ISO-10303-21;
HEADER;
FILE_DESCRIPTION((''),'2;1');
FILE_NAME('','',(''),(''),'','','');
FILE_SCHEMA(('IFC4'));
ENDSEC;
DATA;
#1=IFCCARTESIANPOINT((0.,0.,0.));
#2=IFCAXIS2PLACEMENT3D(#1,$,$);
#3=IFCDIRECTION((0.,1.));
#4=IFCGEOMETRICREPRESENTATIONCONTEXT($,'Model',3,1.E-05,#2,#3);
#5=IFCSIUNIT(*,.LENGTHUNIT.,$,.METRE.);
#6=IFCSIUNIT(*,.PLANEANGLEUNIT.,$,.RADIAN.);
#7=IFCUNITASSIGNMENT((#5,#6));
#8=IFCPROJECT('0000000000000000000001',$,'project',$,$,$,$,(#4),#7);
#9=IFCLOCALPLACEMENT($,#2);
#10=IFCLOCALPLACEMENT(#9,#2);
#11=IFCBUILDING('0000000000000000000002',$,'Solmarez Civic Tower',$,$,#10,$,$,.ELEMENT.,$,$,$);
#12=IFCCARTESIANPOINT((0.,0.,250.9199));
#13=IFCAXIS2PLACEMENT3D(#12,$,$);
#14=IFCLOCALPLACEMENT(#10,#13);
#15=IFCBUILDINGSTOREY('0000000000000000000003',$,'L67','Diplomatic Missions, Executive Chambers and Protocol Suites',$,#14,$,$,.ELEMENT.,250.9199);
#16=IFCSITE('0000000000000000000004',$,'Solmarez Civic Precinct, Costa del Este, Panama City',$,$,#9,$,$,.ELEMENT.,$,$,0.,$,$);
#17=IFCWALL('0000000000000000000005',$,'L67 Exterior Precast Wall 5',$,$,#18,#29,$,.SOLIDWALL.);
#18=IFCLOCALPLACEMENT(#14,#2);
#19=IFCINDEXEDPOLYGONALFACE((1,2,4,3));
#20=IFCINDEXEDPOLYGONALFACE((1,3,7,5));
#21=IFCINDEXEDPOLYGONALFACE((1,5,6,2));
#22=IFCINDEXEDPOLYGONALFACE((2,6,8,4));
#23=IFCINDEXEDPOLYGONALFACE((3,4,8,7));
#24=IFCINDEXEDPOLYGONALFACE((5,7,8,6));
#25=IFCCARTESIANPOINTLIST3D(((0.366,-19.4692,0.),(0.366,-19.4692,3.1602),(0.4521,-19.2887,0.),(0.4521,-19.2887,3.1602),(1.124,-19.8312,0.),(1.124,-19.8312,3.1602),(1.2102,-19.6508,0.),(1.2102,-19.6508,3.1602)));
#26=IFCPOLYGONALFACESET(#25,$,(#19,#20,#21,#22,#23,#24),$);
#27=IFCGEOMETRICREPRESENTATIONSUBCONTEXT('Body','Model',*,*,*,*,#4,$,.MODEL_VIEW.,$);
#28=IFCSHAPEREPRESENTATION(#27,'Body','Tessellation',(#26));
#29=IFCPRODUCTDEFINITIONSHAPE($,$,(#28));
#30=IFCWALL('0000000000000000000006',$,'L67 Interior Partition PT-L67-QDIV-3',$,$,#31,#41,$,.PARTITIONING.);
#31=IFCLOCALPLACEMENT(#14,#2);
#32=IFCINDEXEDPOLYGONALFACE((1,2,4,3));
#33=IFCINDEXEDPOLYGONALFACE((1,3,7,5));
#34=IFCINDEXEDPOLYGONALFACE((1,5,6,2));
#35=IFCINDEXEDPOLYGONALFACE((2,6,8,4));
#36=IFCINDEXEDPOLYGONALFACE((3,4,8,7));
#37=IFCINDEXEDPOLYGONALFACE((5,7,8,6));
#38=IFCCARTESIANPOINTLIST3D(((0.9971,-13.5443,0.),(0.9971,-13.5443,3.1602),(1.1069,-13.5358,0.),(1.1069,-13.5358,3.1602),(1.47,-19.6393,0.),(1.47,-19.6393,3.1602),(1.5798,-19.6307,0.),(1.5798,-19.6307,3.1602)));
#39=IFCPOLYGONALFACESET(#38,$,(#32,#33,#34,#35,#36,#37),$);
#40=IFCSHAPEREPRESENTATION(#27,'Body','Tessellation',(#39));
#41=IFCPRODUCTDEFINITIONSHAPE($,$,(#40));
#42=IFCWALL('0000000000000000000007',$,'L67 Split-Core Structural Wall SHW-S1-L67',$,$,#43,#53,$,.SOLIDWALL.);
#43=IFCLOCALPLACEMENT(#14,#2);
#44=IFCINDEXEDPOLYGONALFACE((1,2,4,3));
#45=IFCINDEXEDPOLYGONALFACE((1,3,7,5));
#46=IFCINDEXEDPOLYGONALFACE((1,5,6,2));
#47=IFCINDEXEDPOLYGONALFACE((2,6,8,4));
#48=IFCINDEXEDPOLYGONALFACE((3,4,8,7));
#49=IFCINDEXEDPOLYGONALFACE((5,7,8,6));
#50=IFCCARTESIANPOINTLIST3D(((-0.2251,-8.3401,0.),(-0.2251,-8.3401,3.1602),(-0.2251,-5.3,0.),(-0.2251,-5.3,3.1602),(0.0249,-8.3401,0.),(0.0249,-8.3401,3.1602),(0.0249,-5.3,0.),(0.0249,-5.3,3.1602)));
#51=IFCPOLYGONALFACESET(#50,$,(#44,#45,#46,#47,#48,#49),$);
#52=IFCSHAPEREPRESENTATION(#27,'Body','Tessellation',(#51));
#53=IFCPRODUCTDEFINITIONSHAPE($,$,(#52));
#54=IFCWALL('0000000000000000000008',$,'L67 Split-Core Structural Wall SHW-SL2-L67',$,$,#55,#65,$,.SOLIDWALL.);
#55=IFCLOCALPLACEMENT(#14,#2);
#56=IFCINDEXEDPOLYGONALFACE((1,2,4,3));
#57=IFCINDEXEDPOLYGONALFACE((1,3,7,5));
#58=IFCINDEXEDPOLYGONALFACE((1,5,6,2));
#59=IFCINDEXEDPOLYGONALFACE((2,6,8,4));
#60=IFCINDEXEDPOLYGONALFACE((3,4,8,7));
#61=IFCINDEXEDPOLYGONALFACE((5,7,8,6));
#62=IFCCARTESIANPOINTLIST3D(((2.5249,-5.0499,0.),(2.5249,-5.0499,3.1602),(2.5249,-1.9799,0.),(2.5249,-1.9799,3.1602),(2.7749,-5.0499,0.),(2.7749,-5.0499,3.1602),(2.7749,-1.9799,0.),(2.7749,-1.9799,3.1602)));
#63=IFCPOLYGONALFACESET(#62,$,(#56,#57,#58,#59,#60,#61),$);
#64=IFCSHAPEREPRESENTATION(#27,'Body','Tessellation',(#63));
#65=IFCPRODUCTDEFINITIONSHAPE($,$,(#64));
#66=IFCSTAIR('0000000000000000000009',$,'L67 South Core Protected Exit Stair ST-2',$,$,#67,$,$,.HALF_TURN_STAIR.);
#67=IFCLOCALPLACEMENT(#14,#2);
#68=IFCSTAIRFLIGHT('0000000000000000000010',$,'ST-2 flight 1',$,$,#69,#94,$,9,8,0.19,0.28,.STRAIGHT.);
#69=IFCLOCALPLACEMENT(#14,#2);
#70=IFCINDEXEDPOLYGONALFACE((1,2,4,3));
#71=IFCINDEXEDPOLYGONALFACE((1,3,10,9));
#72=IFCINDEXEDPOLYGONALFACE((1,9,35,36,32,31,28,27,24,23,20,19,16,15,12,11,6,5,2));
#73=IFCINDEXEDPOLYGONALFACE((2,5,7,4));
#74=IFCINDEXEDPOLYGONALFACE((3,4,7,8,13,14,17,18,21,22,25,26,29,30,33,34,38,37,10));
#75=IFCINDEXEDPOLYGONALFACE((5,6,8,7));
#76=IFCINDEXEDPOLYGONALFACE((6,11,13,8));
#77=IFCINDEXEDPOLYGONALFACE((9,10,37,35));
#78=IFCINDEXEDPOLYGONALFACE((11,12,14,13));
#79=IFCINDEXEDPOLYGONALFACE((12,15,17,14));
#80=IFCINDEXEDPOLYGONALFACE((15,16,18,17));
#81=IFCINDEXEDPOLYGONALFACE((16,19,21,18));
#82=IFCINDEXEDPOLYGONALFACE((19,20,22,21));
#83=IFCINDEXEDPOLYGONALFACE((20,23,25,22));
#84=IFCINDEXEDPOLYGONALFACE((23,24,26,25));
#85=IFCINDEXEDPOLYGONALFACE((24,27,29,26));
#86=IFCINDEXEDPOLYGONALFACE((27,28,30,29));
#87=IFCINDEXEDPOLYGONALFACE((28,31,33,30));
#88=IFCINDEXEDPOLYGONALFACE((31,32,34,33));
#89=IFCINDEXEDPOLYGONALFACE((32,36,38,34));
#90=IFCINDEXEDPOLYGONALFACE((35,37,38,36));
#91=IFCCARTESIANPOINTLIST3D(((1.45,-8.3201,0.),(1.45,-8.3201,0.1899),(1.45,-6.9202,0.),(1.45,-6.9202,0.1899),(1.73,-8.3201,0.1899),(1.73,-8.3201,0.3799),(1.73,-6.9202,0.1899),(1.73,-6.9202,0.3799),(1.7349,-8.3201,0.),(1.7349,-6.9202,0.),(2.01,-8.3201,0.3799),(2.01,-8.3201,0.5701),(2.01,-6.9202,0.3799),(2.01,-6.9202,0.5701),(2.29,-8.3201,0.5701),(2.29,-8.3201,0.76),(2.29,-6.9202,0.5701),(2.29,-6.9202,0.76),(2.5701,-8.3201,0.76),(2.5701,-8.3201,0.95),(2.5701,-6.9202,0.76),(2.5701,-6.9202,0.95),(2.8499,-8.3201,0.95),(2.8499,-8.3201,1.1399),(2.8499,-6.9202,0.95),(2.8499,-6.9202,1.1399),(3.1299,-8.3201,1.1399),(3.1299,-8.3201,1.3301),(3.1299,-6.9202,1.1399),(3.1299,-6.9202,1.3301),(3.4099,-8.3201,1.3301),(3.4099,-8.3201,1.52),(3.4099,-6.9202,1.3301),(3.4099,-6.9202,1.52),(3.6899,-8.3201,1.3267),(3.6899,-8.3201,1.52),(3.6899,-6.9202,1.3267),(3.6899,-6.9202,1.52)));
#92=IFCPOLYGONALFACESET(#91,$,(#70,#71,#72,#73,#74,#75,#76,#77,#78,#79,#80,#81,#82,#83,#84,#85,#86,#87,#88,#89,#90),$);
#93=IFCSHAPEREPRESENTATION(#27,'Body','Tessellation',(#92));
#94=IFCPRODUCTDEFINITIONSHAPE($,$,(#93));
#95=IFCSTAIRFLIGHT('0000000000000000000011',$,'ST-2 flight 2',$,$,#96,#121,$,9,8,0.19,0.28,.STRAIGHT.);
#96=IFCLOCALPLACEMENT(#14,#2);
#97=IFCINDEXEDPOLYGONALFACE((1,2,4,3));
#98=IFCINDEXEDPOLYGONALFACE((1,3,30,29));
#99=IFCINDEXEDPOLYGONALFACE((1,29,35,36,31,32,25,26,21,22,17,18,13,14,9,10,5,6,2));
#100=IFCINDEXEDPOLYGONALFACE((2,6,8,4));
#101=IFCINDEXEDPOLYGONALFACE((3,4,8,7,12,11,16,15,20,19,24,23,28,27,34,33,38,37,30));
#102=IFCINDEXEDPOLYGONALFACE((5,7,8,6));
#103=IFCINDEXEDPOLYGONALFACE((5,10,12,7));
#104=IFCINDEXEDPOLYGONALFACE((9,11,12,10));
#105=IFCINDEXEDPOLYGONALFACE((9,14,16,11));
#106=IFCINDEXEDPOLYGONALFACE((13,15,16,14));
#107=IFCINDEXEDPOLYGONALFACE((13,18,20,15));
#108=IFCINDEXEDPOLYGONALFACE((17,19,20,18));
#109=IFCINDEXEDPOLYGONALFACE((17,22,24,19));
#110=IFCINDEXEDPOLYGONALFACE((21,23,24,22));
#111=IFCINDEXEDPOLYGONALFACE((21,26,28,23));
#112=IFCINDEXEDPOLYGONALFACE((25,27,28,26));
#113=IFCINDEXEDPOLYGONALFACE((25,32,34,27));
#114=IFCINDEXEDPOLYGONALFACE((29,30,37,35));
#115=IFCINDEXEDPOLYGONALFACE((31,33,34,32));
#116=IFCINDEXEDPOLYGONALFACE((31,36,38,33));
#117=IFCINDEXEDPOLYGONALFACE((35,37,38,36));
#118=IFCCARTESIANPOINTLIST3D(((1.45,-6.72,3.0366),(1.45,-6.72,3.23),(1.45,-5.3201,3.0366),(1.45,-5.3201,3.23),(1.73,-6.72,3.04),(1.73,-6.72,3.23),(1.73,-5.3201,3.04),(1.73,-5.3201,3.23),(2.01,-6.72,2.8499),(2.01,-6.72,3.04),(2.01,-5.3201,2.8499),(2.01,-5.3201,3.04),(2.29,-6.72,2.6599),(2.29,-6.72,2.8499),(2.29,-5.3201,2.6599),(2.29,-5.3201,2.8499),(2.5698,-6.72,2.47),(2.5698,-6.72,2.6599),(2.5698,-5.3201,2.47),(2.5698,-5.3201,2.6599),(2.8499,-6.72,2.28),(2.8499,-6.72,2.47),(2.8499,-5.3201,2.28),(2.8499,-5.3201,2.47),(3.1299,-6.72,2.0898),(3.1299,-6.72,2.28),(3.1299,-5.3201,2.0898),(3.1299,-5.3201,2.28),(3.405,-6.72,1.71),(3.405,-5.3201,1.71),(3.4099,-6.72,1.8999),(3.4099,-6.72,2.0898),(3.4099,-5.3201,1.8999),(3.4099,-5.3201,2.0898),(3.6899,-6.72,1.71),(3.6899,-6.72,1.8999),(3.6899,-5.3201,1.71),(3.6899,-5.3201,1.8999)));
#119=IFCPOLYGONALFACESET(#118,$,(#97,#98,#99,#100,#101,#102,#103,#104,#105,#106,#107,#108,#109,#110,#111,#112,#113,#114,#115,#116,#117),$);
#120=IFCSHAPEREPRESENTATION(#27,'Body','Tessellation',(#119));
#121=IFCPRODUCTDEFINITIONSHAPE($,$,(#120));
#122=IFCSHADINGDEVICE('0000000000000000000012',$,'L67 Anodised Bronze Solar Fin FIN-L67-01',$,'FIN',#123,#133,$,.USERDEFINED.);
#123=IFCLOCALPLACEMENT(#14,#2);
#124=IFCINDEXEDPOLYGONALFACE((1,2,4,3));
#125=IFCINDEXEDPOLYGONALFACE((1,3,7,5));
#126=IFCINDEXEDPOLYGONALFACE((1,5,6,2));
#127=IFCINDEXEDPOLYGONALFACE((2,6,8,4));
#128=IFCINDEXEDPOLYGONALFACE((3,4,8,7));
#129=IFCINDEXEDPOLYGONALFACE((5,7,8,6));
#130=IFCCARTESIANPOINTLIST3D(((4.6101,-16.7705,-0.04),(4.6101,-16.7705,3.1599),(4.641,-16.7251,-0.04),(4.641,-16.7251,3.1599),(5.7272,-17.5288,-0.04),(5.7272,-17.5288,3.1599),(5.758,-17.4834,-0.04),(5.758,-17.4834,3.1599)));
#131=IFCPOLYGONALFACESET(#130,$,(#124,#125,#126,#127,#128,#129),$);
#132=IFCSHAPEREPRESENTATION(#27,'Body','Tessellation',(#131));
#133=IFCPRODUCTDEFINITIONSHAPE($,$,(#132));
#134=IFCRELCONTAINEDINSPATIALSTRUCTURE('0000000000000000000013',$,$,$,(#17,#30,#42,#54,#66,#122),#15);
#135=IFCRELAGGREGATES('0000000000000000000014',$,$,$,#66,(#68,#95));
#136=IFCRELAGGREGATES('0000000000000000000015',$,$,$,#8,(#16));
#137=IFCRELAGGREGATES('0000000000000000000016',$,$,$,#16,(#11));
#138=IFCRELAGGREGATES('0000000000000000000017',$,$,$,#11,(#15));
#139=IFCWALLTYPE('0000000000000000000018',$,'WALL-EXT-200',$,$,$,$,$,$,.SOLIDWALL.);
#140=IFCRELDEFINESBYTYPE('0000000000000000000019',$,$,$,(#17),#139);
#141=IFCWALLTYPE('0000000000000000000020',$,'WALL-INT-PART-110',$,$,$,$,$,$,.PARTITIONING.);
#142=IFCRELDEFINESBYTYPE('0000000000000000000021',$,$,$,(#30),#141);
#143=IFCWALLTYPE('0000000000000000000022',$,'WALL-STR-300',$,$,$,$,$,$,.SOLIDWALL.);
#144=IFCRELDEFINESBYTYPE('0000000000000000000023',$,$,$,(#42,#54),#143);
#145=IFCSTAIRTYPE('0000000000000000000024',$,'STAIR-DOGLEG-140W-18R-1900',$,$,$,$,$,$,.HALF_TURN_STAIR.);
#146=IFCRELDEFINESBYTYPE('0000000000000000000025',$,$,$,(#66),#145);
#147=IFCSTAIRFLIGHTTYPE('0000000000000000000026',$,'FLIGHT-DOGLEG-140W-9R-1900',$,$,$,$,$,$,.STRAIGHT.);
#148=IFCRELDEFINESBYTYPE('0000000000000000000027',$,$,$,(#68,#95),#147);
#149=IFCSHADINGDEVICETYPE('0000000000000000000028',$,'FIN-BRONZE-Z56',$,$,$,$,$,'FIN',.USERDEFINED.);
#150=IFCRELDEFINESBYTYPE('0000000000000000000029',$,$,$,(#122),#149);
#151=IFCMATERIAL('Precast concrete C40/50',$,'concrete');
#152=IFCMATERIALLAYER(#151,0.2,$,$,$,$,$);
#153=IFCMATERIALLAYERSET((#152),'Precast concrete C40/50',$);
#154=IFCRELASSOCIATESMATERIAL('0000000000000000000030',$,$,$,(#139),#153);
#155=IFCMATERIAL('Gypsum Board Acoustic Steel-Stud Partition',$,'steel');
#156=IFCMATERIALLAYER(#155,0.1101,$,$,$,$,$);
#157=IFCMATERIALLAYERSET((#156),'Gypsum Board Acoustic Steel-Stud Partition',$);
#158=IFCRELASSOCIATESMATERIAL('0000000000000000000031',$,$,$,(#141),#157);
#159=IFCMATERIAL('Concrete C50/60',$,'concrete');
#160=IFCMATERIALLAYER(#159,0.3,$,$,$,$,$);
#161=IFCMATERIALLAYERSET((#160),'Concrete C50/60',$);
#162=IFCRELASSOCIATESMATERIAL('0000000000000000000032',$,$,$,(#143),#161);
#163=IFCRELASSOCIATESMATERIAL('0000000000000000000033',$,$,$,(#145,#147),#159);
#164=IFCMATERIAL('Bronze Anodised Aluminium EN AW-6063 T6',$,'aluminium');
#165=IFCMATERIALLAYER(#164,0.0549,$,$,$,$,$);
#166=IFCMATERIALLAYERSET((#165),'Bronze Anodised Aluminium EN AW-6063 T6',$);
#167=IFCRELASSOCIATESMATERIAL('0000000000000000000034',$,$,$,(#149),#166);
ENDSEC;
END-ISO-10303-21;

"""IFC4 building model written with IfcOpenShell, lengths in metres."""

from ifc_helpers import new_model, si_unit, direction, frame, frame_2d, origin, origin_2d, place, context, subcontext, project, spatial, polyline, rectangle, outline, extrude, material, layer, layer_set, type_object, element, aggregate, save


model = new_model("IFC4")

# Units and contexts
model_context = context("Model", 3, precision=1e-05, world=origin(), true_north=direction((0.0, 1.0)))
body_context = subcontext(model_context, "Body", "Model", "MODEL_VIEW")
ifc_project = project(units=[si_unit("LENGTHUNIT", "METRE"), si_unit("PLANEANGLEUNIT", "RADIAN")], contexts=[model_context])

# Site, building, storey
site_placement = place(None, origin())
site = spatial("IfcSite", under=ifc_project, at=site_placement, Name="Solmarez Civic Precinct, Costa del Este, Panama City", CompositionType="ELEMENT", RefElevation=0.0)
building_placement = place(site_placement, origin())
building = spatial("IfcBuilding", under=site, at=building_placement, Name="Solmarez Civic Tower", CompositionType="ELEMENT")
storey_placement = place(building_placement, frame((0.0, 0.0, 250.9199)))
storey = spatial("IfcBuildingStorey", under=building, at=storey_placement, Name="L67", Description="Diplomatic Missions, Executive Chambers and Protocol Suites", CompositionType="ELEMENT", Elevation=250.9199)

# Shared definitions
ifc_material_1 = material(Name="Concrete C50/60", Category="concrete")

# Shared definitions
ifc_material_2 = material(Name="Bronze Anodised Aluminium EN AW-6063 T6", Category="aluminium")

# Walls
ifc_material_3 = material(Name="Precast concrete C40/50", Category="concrete")
ifc_layer_1 = layer(ifc_material_3, 0.2)
ifc_layer_set_1 = layer_set([ifc_layer_1], Name="Precast concrete C40/50")
wall_type_1 = type_object("IfcWallType", Name="WALL-EXT-200", PredefinedType="SOLIDWALL", material=ifc_layer_set_1)
wall_1_placement = place(storey_placement, frame((1.167, -19.741, 0.0), z_axis=(0.0, 0.0, 1.0), x_axis=(-0.90236, 0.430982, 0.0)))
element("IfcWall", 1, at=wall_1_placement, inside=storey, type_object=wall_type_1, Name="L67 Exterior Precast Wall 5", PredefinedType="SOLIDWALL", context=body_context, shape_type="SweptSolid", body=[
    extrude(rectangle(XDim=0.8401, YDim=0.2, at=frame_2d((0.4199, 0.0))), origin(), (0.0, 0.0, 1.0), 3.1602),
])
ifc_material_4 = material(Name="Gypsum Board Acoustic Steel-Stud Partition", Category="steel")
ifc_layer_2 = layer(ifc_material_4, 0.1101)
ifc_layer_set_2 = layer_set([ifc_layer_2], Name="Gypsum Board Acoustic Steel-Stud Partition")
wall_type_2 = type_object("IfcWallType", Name="WALL-INT-PART-110", PredefinedType="PARTITIONING", material=ifc_layer_set_2)
wall_2_placement = place(storey_placement, frame((1.052, -13.54, 0.0), z_axis=(0.0, 0.0, 1.0), x_axis=(0.077356, -0.997004, 0.0)))
element("IfcWall", 2, at=wall_2_placement, inside=storey, type_object=wall_type_2, Name="L67 Interior Partition PT-L67-QDIV-3", PredefinedType="PARTITIONING", context=body_context, shape_type="SweptSolid", body=[
    extrude(rectangle(XDim=6.1133, YDim=0.1101, at=frame_2d((3.0566, 0.0))), origin(), (0.0, 0.0, 1.0), 3.1602),
])
ifc_layer_3 = layer(ifc_material_1, 0.3)
ifc_layer_set_3 = layer_set([ifc_layer_3], Name="Concrete C50/60")
wall_type_3 = type_object("IfcWallType", Name="WALL-STR-300", PredefinedType="SOLIDWALL", material=ifc_layer_set_3)
wall_3_placement = place(storey_placement, frame((-0.1001, -8.3401, 0.0), z_axis=(0.0, 0.0, 1.0), x_axis=(0.0, 1.0, 0.0)))
element("IfcWall", 3, at=wall_3_placement, inside=storey, type_object=wall_type_3, Name="L67 Split-Core Structural Wall SHW-S1-L67", PredefinedType="SOLIDWALL", context=body_context, shape_type="SweptSolid", body=[
    extrude(rectangle(XDim=3.04, YDim=0.25, at=frame_2d((1.52, 0.0))), origin(), (0.0, 0.0, 1.0), 3.1602),
])
wall_4_placement = place(storey_placement, frame((2.6499, -5.05, 0.0), z_axis=(0.0, 0.0, 1.0), x_axis=(0.0, 1.0, 0.0)))
element("IfcWall", 4, at=wall_4_placement, inside=storey, type_object=wall_type_3, Name="L67 Split-Core Structural Wall SHW-SL2-L67", PredefinedType="SOLIDWALL", context=body_context, shape_type="SweptSolid", body=[
    extrude(rectangle(XDim=3.0701, YDim=0.25, at=frame_2d((1.5352, 0.0))), origin(), (0.0, 0.0, 1.0), 3.1602),
])

# Stair, stair flights
stair_type = type_object("IfcStairType", Name="STAIR-DOGLEG-140W-18R-1900", PredefinedType="HALF_TURN_STAIR", material=ifc_material_1)
stair_placement = place(storey_placement, origin())
stair = element("IfcStair", 5, at=stair_placement, inside=storey, type_object=stair_type, Name="L67 South Core Protected Exit Stair ST-2", PredefinedType="HALF_TURN_STAIR")
stair_flight_type = type_object("IfcStairFlightType", Name="FLIGHT-DOGLEG-140W-9R-1900", PredefinedType="STRAIGHT", material=ifc_material_1)
stair_flight_1_placement = place(storey_placement, frame((1.45, -7.6201, 0.0), z_axis=(0.0, 0.0, 1.0), x_axis=(1.0, 0.0, 0.0)))
stair_flight_1 = element("IfcStairFlight", 6, at=stair_flight_1_placement, type_object=stair_flight_type, Name="ST-2 flight 1", NumberOfRisers=9, NumberOfTreads=8, PredefinedType="STRAIGHT", RiserHeight=0.19, TreadLength=0.28, context=body_context, shape_type="SweptSolid", body=[
    extrude(outline(polyline([(0.0, 0.0), (0.0, 0.1899), (0.28, 0.1899), (0.28, 0.3799), (0.5601, 0.3799), (0.5601, 0.5701), (0.8401, 0.5701), (0.8401, 0.76), (1.1201, 0.76), (1.1201, 0.95), (1.3999, 0.95), (1.3999, 1.1399), (1.6799, 1.1399), (1.6799, 1.3301), (1.96, 1.3301), (1.96, 1.52), (2.24, 1.52), (2.24, 1.71), (2.24, 1.3267), (0.2849, 0.0), (0.0, 0.0)])), frame((0.0, 0.7, 0.0), z_axis=(0.0, -1.0, 0.0), x_axis=(1.0, 0.0, 0.0)), (0.0, 0.0, 1.0), 1.3999),
])
stair_flight_2_placement = place(storey_placement, frame((3.6899, -6.02, 1.71), z_axis=(0.0, 0.0, 1.0), x_axis=(-1.0, 0.0, 0.0)))
stair_flight_2 = element("IfcStairFlight", 7, at=stair_flight_2_placement, type_object=stair_flight_type, Name="ST-2 flight 2", NumberOfRisers=9, NumberOfTreads=8, PredefinedType="STRAIGHT", RiserHeight=0.19, TreadLength=0.28, context=body_context, shape_type="SweptSolid", body=[
    extrude(outline(polyline([(0.0, 0.0), (0.0, 0.1899), (0.28, 0.1899), (0.28, 0.3799), (0.5601, 0.3799), (0.5601, 0.5701), (0.8401, 0.5701), (0.8401, 0.76), (1.1201, 0.76), (1.1201, 0.95), (1.3999, 0.95), (1.3999, 1.1399), (1.6799, 1.1399), (1.6799, 1.3301), (1.96, 1.3301), (1.96, 1.52), (2.24, 1.52), (2.24, 1.71), (2.24, 1.3267), (0.2849, 0.0), (0.0, 0.0)])), frame((0.0, 0.7, 0.0), z_axis=(0.0, -1.0, 0.0), x_axis=(1.0, 0.0, 0.0)), (0.0, 0.0, 1.0), 1.3999),
])
aggregate(stair, [stair_flight_1, stair_flight_2])

# Shading device
ifc_layer_4 = layer(ifc_material_2, 0.0549)
ifc_layer_set_4 = layer_set([ifc_layer_4], Name="Bronze Anodised Aluminium EN AW-6063 T6")
shading_device_type = type_object("IfcShadingDeviceType", Name="FIN-BRONZE-Z56", ElementType="FIN", PredefinedType="USERDEFINED", material=ifc_layer_set_4)
shading_device_placement = place(storey_placement, frame((5.1841, -17.127, -0.04), z_axis=(0.0, 0.0, 1.0), x_axis=(0.827355, -0.561679, 0.0)))
element("IfcShadingDevice", 8, at=shading_device_placement, inside=storey, type_object=shading_device_type, Name="L67 Anodised Bronze Solar Fin FIN-L67-01", ObjectType="FIN", PredefinedType="USERDEFINED", context=body_context, shape_type="SweptSolid", body=[
    extrude(rectangle(XDim=1.3501, YDim=0.0549, at=origin_2d()), origin(), (0.0, 0.0, 1.0), 3.2),
])

save(model, "model.ifc")
